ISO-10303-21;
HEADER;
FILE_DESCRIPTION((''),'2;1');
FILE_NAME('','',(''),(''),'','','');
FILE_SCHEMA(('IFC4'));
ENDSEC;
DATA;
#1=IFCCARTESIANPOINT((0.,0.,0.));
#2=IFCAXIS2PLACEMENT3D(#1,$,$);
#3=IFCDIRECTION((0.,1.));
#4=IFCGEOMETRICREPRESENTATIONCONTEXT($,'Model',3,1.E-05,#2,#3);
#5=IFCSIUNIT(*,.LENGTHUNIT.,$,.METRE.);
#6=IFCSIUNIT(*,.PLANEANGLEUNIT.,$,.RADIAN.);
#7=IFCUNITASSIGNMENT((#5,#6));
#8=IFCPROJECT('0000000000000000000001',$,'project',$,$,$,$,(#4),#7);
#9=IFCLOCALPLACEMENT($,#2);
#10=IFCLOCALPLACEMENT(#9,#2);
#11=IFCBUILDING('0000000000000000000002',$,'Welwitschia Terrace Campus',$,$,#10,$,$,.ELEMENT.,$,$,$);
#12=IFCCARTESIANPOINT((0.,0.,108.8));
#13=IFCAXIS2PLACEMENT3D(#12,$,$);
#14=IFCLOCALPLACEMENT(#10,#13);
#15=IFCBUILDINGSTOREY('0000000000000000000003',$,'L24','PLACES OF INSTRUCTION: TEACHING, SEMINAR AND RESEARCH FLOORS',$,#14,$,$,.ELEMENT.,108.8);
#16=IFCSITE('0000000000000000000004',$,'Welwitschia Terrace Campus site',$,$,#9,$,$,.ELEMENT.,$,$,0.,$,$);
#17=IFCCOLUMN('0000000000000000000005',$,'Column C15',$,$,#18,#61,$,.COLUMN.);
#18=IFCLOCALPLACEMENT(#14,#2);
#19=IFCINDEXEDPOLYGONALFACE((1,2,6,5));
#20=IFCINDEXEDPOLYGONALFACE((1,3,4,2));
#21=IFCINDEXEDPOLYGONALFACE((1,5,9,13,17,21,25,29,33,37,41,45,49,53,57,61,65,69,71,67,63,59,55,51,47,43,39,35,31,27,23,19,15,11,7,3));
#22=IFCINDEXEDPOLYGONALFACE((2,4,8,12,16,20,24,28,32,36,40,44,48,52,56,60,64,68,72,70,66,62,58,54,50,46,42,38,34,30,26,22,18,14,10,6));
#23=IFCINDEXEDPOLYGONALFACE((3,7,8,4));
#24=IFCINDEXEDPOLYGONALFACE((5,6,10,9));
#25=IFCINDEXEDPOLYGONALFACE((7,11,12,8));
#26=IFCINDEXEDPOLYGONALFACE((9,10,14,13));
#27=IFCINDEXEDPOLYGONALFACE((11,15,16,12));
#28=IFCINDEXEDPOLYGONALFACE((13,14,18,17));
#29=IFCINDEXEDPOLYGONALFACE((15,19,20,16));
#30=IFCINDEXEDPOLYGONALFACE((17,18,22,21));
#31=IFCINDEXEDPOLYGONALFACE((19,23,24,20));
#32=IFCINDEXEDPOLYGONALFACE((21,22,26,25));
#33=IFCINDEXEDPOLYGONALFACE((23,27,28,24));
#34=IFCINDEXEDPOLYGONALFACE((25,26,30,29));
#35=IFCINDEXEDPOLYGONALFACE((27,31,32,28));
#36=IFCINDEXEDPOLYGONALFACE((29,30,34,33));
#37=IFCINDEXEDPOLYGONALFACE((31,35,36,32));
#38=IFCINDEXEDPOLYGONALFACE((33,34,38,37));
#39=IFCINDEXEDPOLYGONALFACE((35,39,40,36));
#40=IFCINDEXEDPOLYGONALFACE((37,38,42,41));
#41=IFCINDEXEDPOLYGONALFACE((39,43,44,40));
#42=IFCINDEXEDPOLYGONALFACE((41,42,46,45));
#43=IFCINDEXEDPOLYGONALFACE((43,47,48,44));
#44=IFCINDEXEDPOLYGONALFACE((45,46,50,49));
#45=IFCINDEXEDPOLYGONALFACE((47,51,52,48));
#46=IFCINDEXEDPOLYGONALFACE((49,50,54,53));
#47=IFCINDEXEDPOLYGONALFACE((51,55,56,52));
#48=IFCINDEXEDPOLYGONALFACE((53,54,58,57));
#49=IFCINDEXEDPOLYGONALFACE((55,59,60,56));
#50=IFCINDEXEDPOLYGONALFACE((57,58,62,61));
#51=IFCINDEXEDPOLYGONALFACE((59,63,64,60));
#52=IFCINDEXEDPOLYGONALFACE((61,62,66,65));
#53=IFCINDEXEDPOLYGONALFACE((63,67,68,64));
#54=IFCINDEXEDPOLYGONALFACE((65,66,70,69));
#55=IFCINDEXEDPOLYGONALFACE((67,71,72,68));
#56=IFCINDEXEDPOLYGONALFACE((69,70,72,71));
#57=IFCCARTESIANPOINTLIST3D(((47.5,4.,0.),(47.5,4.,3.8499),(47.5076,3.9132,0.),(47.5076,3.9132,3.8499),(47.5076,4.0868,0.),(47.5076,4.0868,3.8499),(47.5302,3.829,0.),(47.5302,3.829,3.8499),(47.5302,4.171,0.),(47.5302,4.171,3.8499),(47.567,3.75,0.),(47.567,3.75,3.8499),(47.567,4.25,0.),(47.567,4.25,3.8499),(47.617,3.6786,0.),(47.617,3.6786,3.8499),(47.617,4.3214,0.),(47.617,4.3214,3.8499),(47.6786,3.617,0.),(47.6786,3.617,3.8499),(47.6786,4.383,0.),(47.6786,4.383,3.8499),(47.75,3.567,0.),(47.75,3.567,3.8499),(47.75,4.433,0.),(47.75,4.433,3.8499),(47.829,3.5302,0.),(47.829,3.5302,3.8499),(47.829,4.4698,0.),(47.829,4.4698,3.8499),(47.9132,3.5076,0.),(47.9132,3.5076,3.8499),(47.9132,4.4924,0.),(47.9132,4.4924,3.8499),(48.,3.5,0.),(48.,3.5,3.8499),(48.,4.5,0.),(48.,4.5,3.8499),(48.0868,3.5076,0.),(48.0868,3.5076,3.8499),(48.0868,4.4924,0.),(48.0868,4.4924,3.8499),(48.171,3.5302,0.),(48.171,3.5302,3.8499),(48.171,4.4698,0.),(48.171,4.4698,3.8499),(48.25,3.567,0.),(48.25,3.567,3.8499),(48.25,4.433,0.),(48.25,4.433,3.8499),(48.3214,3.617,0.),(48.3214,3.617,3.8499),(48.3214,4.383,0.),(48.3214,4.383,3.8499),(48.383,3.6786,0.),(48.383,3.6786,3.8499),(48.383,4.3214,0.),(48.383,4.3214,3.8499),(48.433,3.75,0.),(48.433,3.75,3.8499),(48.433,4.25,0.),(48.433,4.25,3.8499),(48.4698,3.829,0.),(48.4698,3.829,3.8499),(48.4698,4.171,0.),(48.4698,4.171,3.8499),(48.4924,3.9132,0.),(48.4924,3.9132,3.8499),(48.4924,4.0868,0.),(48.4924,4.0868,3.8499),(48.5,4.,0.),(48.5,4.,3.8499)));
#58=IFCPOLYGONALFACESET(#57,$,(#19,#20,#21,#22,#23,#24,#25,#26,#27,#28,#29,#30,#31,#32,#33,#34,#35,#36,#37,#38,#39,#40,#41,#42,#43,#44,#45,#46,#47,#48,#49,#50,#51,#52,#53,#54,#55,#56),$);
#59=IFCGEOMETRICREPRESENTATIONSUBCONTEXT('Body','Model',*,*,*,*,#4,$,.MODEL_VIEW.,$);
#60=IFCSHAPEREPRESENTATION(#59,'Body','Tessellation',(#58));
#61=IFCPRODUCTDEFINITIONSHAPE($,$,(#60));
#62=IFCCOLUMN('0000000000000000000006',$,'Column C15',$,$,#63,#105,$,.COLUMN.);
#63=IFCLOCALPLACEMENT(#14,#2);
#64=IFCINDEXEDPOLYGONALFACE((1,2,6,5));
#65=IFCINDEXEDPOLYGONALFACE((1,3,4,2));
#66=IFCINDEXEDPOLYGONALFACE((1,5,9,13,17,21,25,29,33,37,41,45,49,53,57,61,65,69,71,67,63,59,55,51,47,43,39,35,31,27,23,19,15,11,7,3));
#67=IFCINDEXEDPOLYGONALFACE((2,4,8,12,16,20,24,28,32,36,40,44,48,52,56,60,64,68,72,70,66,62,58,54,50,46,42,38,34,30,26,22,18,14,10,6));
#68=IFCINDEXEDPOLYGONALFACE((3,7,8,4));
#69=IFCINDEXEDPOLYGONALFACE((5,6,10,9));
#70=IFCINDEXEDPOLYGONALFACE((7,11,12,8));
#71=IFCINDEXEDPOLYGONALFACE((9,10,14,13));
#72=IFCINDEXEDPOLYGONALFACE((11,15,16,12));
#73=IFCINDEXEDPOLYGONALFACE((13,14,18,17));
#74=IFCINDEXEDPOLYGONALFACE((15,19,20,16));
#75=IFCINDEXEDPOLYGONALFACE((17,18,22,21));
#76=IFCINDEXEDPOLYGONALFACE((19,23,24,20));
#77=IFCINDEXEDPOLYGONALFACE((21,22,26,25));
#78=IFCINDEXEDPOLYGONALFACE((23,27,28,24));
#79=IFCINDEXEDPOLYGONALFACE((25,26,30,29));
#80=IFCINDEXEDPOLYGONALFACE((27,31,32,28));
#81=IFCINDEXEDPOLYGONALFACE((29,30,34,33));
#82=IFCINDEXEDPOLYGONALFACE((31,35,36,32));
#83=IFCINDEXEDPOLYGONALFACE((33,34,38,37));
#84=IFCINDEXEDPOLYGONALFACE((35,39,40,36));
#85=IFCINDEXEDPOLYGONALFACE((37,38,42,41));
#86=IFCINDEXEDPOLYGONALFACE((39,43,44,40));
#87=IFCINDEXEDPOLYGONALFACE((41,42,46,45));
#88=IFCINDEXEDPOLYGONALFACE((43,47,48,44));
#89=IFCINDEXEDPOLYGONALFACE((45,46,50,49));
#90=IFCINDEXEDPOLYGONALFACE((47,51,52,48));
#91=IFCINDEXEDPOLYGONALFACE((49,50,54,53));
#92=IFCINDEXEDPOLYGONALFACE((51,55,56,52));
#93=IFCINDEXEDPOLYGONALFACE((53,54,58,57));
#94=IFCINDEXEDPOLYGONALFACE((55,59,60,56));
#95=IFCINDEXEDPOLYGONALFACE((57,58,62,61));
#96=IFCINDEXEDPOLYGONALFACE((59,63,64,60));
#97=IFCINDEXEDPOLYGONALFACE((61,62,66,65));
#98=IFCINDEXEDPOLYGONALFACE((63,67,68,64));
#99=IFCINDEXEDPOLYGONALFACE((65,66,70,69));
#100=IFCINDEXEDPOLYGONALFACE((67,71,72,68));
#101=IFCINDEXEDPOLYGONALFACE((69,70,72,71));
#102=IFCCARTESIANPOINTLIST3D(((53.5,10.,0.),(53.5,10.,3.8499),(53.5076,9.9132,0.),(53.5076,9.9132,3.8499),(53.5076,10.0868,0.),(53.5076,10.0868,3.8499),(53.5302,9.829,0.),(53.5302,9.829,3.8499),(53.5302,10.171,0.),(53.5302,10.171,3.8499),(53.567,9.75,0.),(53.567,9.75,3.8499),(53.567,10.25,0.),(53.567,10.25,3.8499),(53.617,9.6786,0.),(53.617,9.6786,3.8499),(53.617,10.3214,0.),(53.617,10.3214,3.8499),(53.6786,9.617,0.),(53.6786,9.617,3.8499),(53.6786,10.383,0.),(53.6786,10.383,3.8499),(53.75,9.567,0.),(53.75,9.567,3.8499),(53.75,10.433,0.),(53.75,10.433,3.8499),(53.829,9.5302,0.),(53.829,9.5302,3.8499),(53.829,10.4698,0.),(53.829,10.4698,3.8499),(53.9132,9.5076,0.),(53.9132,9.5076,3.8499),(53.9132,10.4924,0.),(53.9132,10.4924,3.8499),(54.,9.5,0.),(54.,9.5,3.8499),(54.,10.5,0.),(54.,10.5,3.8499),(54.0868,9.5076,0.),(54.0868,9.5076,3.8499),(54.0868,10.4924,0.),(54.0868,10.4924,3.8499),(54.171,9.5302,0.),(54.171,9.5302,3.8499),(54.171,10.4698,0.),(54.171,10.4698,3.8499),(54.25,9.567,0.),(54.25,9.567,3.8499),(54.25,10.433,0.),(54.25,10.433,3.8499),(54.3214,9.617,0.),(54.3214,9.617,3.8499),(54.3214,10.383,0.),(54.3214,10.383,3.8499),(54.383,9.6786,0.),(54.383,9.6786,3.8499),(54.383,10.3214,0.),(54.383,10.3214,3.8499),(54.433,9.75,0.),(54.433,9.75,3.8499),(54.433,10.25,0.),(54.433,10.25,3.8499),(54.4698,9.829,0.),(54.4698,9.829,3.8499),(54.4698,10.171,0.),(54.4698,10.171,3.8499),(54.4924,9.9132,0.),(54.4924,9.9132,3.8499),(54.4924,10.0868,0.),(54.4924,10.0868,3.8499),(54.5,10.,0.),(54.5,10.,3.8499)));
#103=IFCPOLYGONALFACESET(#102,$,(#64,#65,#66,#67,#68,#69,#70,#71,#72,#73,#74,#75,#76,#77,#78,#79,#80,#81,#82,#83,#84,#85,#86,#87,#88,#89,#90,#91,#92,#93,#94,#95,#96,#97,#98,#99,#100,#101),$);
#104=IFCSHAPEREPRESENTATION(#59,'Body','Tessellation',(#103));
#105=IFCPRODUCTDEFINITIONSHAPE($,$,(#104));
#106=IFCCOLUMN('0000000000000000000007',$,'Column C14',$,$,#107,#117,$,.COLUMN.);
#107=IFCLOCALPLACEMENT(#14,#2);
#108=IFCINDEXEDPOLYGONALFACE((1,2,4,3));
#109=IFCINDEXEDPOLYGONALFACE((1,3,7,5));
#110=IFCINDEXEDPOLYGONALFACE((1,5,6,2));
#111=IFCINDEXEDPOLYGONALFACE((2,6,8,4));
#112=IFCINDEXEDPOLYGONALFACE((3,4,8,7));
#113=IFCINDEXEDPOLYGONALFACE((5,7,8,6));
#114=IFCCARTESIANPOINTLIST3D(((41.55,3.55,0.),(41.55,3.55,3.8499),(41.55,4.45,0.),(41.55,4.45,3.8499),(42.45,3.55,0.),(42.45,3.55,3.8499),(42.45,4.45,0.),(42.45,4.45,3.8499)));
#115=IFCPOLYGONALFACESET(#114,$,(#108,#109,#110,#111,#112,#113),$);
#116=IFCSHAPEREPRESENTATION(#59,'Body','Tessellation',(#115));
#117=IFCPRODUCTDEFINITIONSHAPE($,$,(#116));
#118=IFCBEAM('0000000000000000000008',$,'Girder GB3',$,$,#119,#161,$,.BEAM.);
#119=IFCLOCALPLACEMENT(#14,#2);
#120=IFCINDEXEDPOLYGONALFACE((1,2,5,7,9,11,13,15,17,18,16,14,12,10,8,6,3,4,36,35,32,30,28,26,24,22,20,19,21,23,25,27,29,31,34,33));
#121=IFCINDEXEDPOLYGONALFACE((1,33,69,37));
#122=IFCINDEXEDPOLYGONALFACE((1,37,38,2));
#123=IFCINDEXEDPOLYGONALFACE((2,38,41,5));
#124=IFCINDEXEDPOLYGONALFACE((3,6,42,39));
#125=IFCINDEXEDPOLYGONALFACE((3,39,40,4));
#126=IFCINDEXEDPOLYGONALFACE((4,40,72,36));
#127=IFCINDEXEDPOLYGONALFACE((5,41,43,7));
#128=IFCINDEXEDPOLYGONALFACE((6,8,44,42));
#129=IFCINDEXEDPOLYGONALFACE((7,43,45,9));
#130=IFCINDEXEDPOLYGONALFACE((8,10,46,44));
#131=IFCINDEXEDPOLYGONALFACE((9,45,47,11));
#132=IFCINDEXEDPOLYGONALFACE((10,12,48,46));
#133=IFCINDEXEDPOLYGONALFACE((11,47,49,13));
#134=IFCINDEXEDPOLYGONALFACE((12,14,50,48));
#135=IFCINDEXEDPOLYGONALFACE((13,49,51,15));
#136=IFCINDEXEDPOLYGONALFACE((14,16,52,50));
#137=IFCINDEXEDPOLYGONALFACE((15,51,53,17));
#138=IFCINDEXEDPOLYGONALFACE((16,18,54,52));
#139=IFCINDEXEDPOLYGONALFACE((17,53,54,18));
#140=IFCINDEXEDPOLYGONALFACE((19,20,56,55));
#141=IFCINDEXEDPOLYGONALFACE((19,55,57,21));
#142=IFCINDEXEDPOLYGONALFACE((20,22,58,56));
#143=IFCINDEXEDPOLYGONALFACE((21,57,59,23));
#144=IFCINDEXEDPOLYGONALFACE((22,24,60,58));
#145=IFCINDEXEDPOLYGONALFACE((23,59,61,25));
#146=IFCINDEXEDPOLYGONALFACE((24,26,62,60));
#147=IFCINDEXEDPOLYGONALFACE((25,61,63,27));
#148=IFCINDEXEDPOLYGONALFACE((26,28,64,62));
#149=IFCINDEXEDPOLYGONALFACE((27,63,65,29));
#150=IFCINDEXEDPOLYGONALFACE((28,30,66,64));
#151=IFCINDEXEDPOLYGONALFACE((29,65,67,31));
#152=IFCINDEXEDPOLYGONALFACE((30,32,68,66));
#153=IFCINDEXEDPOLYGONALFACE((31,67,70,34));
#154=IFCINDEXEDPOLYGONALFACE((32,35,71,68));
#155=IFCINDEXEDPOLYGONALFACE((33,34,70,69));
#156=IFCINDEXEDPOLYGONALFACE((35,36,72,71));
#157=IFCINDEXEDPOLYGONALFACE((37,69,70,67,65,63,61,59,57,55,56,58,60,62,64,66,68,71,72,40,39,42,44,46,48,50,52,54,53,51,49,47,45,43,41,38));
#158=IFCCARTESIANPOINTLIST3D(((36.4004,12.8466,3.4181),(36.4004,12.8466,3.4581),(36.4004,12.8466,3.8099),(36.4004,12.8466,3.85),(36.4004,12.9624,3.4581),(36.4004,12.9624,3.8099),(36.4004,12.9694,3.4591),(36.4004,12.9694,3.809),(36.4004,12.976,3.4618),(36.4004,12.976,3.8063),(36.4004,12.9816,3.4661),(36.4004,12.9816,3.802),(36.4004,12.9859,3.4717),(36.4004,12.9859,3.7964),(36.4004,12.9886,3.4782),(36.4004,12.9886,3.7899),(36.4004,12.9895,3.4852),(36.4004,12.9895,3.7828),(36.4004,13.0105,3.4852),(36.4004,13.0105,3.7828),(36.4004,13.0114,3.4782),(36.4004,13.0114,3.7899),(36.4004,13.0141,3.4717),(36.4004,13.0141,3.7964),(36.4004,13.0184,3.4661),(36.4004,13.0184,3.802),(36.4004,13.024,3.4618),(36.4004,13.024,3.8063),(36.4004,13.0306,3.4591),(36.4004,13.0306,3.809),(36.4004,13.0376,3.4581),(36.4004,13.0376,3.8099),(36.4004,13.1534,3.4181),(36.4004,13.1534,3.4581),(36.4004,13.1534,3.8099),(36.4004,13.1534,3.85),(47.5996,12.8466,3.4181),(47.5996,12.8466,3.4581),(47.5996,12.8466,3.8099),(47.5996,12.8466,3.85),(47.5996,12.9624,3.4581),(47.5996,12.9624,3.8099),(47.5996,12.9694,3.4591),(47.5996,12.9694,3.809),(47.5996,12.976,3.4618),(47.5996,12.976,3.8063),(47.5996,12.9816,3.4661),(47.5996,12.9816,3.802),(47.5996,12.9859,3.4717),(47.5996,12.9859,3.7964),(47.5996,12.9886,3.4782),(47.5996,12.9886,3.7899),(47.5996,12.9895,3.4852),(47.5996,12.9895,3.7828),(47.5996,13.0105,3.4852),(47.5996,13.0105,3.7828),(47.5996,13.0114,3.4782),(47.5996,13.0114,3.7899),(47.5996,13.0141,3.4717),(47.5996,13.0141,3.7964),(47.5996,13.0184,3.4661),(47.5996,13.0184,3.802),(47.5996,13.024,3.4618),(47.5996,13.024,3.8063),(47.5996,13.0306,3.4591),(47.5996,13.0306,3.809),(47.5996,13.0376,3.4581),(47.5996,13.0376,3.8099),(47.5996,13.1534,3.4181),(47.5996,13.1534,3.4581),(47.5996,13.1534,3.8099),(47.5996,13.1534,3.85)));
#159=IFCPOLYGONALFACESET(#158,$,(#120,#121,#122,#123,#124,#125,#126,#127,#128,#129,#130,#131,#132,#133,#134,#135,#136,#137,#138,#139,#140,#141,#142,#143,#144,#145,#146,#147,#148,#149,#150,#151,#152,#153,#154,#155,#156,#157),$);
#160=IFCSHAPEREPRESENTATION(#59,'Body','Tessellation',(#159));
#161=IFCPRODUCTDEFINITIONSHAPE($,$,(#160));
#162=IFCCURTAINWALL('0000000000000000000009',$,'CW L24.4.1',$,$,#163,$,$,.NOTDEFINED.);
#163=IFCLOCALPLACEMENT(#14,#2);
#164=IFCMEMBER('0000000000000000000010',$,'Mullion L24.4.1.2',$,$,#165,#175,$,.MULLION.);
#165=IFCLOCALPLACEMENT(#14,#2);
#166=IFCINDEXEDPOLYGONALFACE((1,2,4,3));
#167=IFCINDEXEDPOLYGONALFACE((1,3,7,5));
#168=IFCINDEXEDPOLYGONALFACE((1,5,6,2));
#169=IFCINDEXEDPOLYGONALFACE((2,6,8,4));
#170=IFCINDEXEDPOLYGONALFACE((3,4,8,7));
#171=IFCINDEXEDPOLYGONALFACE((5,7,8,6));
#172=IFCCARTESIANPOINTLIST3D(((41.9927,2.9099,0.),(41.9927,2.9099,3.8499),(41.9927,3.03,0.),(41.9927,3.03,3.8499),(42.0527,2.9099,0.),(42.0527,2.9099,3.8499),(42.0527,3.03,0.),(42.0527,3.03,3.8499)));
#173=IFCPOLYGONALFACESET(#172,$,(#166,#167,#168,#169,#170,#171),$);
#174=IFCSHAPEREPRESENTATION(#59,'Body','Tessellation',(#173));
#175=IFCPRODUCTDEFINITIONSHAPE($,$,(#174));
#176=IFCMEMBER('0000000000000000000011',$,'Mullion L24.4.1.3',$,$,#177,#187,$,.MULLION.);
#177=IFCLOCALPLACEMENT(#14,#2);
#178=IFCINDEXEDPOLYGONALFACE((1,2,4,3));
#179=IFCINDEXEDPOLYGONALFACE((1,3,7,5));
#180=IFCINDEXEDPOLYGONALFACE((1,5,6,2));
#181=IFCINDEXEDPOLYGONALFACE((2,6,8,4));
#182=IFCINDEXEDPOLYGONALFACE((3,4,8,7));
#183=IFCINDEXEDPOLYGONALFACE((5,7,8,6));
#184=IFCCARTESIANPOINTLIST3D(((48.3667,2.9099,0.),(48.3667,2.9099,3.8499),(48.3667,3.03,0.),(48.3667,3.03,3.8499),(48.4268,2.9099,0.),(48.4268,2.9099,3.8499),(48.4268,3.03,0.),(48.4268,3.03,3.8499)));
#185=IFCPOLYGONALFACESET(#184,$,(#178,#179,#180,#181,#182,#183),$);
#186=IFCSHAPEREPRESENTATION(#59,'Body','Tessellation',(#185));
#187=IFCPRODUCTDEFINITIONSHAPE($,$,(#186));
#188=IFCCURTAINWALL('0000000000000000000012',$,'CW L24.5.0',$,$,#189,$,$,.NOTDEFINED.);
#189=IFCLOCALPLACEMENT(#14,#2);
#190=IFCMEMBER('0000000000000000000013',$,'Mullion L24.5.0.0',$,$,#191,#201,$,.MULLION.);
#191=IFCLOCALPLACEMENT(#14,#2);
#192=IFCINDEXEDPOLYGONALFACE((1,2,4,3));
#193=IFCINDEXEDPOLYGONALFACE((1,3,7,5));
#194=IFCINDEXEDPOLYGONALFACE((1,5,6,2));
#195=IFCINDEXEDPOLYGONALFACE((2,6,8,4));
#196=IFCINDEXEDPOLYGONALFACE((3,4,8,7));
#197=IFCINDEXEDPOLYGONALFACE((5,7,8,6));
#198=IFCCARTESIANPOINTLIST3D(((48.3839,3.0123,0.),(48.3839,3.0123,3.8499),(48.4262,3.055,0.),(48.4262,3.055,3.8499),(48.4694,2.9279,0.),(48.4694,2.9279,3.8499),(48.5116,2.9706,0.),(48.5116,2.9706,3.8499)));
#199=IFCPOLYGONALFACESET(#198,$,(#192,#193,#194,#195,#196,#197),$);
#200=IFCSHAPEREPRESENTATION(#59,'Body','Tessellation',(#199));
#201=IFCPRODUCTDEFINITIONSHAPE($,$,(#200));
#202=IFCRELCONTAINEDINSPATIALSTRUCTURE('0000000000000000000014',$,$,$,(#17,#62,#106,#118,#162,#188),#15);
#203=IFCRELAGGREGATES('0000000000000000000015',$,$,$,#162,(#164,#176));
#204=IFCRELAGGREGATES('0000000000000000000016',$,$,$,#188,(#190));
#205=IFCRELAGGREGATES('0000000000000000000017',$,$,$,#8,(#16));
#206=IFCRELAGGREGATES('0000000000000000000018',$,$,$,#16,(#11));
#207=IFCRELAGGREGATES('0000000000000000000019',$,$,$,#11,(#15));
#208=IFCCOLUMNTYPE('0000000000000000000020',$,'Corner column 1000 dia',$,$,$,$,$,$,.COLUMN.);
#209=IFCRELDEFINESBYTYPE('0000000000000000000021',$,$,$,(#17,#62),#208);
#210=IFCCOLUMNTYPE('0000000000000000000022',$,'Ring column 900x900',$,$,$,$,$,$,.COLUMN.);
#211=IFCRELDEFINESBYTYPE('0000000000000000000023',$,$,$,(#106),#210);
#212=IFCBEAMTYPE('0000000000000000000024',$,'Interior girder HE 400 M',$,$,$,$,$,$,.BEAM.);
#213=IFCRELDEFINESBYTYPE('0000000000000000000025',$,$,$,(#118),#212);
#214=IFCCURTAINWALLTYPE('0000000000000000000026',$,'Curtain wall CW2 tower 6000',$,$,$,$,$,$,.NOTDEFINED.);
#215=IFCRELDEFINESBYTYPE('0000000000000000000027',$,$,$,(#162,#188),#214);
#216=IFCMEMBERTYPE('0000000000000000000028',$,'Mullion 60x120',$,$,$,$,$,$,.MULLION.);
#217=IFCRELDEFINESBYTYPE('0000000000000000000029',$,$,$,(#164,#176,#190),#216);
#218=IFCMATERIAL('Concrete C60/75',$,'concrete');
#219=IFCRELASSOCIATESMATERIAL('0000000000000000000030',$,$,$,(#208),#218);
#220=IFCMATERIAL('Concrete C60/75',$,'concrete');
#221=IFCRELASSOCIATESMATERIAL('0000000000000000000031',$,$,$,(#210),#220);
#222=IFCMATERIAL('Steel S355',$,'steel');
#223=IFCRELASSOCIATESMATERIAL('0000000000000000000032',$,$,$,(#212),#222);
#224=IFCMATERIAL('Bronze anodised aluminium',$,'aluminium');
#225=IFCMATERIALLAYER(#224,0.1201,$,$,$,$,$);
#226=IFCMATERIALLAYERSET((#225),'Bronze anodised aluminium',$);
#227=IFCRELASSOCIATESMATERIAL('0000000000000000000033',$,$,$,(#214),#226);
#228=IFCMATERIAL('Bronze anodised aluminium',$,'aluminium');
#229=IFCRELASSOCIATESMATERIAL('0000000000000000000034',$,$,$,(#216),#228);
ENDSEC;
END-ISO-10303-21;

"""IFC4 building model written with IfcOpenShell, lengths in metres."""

from ifc_helpers import new_model, si_unit, direction, frame, origin, origin_2d, place, context, subcontext, project, spatial, rectangle, circle, i_section, extrude, material, layer, layer_set, material_profile, profile_set, type_object, element, aggregate, save


model = new_model("IFC4")

# Units and contexts
model_context = context("Model", 3, precision=1e-05, world=origin(), true_north=direction((0.0, 1.0)))
body_context = subcontext(model_context, "Body", "Model", "MODEL_VIEW")
ifc_project = project(units=[si_unit("LENGTHUNIT", "METRE"), si_unit("PLANEANGLEUNIT", "RADIAN")], contexts=[model_context])

# Site, building, storey
site_placement = place(None, origin())
site = spatial("IfcSite", under=ifc_project, at=site_placement, Name="Welwitschia Terrace Campus site", CompositionType="ELEMENT", RefElevation=0.0)
building_placement = place(site_placement, origin())
building = spatial("IfcBuilding", under=site, at=building_placement, Name="Welwitschia Terrace Campus", CompositionType="ELEMENT")
storey_placement = place(building_placement, frame((0.0, 0.0, 108.8)))
storey = spatial("IfcBuildingStorey", under=building, at=storey_placement, Name="L24", Description="PLACES OF INSTRUCTION: TEACHING, SEMINAR AND RESEARCH FLOORS", CompositionType="ELEMENT", Elevation=108.8)

# Columns
ifc_material_1 = material(Name="Concrete C60/75", Category="concrete")
ifc_material_profile_1 = material_profile(ifc_material_1, circle(Radius=0.5, at=origin_2d()))
ifc_profile_set_1 = profile_set([ifc_material_profile_1], Name="Concrete C60/75")
column_type_1 = type_object("IfcColumnType", Name="Corner column 1000 dia", PredefinedType="COLUMN", material=ifc_profile_set_1)
for number, where, z_axis, x_axis, name in (
    (1, (48.0, 4.0, 0.0), (0.0, 0.0, 1.0), (1.0, 0.0, 0.0), "Column C15"),
    (2, (54.0, 10.0, 0.0), (0.0, 0.0, 1.0), (1.0, 0.0, 0.0), "Column C15"),
):
    element("IfcColumn", number, at=place(storey_placement, frame(where, z_axis=z_axis, x_axis=x_axis)), inside=storey, type_object=column_type_1, Name=name, PredefinedType="COLUMN", context=body_context, shape_type="SweptSolid", body=[
        extrude(circle(Radius=0.5, at=origin_2d()), origin(), (0.0, 0.0, 1.0), 3.8499),
    ])
ifc_material_2 = material(Name="Concrete C60/75", Category="concrete")
ifc_material_profile_2 = material_profile(ifc_material_2, rectangle(XDim=0.8999, YDim=0.8999, at=origin_2d()))
ifc_profile_set_2 = profile_set([ifc_material_profile_2], Name="Concrete C60/75")
column_type_2 = type_object("IfcColumnType", Name="Ring column 900x900", PredefinedType="COLUMN", material=ifc_profile_set_2)
column_placement = place(storey_placement, frame((42.0, 4.0, 0.0), z_axis=(0.0, 0.0, 1.0), x_axis=(1.0, 0.0, 0.0)))
element("IfcColumn", 3, at=column_placement, inside=storey, type_object=column_type_2, Name="Column C14", PredefinedType="COLUMN", context=body_context, shape_type="SweptSolid", body=[
    extrude(rectangle(XDim=0.8999, YDim=0.8999, at=origin_2d()), origin(), (0.0, 0.0, 1.0), 3.8499),
])

# Beam
ifc_material_3 = material(Name="Steel S355", Category="steel")
ifc_material_profile_3 = material_profile(ifc_material_3, i_section(OverallWidth=0.3069, OverallDepth=0.4319, WebThickness=0.021, FlangeThickness=0.04, FilletRadius=0.0271, at=origin_2d()))
ifc_profile_set_3 = profile_set([ifc_material_profile_3], Name="Steel S355")
beam_type_1 = type_object("IfcBeamType", Name="Interior girder HE 400 M", PredefinedType="BEAM", material=ifc_profile_set_3)
beam_1_placement = place(storey_placement, frame((36.4004, 13.0, 3.634), z_axis=(1.0, 0.0, 0.0), x_axis=(0.0, 1.0, 0.0)))
element("IfcBeam", 4, at=beam_1_placement, inside=storey, type_object=beam_type_1, Name="Girder GB3", PredefinedType="BEAM", context=body_context, shape_type="SweptSolid", body=[
    extrude(i_section(OverallWidth=0.3069, OverallDepth=0.4319, WebThickness=0.021, FlangeThickness=0.04, FilletRadius=0.0271, at=origin_2d()), origin(), (0.0, 0.0, 1.0), 11.1992),
])

# Curtain walls, members
ifc_material_4 = material(Name="Bronze anodised aluminium", Category="aluminium")
ifc_layer_1 = layer(ifc_material_4, 0.1201)
ifc_layer_set_1 = layer_set([ifc_layer_1], Name="Bronze anodised aluminium")
curtain_wall_type = type_object("IfcCurtainWallType", Name="Curtain wall CW2 tower 6000", PredefinedType="NOTDEFINED", material=ifc_layer_set_1)
curtain_wall_1_placement = place(storey_placement, origin())
curtain_wall_1 = element("IfcCurtainWall", 5, at=curtain_wall_1_placement, inside=storey, type_object=curtain_wall_type, Name="CW L24.4.1", PredefinedType="NOTDEFINED")
ifc_material_5 = material(Name="Bronze anodised aluminium", Category="aluminium")
ifc_material_profile_4 = material_profile(ifc_material_5, rectangle(XDim=0.1201, YDim=0.0601, at=origin_2d()))
ifc_profile_set_4 = profile_set([ifc_material_profile_4], Name="Bronze anodised aluminium")
member_type_1 = type_object("IfcMemberType", Name="Mullion 60x120", PredefinedType="MULLION", material=ifc_profile_set_4)
member_1_placement = place(storey_placement, frame((42.0227, 2.97, 0.0), z_axis=(0.0, 0.0, 1.0), x_axis=(0.0, 1.0, 0.0)))
member_1 = element("IfcMember", 6, at=member_1_placement, type_object=member_type_1, Name="Mullion L24.4.1.2", PredefinedType="MULLION", context=body_context, shape_type="SweptSolid", body=[
    extrude(rectangle(XDim=0.1201, YDim=0.0601, at=origin_2d()), origin(), (0.0, 0.0, 1.0), 3.8499),
])
member_2_placement = place(storey_placement, frame((48.3967, 2.97, 0.0), z_axis=(0.0, 0.0, 1.0), x_axis=(0.0, 1.0, 0.0)))
member_2 = element("IfcMember", 7, at=member_2_placement, type_object=member_type_1, Name="Mullion L24.4.1.3", PredefinedType="MULLION", context=body_context, shape_type="SweptSolid", body=[
    extrude(rectangle(XDim=0.1201, YDim=0.0601, at=origin_2d()), origin(), (0.0, 0.0, 1.0), 3.8499),
])
curtain_wall_2_placement = place(storey_placement, origin())
curtain_wall_2 = element("IfcCurtainWall", 8, at=curtain_wall_2_placement, inside=storey, type_object=curtain_wall_type, Name="CW L24.5.0", PredefinedType="NOTDEFINED")
member_3_placement = place(storey_placement, frame((48.4478, 2.9915, 0.0), z_axis=(0.0, 0.0, 1.0), x_axis=(-0.711148, 0.703043, 0.0)))
member_3 = element("IfcMember", 9, at=member_3_placement, type_object=member_type_1, Name="Mullion L24.5.0.0", PredefinedType="MULLION", context=body_context, shape_type="SweptSolid", body=[
    extrude(rectangle(XDim=0.1201, YDim=0.0601, at=origin_2d()), origin(), (0.0, 0.0, 1.0), 3.8499),
])

aggregate(curtain_wall_1, [member_1, member_2])
aggregate(curtain_wall_2, [member_3])

save(model, "model.ifc")
